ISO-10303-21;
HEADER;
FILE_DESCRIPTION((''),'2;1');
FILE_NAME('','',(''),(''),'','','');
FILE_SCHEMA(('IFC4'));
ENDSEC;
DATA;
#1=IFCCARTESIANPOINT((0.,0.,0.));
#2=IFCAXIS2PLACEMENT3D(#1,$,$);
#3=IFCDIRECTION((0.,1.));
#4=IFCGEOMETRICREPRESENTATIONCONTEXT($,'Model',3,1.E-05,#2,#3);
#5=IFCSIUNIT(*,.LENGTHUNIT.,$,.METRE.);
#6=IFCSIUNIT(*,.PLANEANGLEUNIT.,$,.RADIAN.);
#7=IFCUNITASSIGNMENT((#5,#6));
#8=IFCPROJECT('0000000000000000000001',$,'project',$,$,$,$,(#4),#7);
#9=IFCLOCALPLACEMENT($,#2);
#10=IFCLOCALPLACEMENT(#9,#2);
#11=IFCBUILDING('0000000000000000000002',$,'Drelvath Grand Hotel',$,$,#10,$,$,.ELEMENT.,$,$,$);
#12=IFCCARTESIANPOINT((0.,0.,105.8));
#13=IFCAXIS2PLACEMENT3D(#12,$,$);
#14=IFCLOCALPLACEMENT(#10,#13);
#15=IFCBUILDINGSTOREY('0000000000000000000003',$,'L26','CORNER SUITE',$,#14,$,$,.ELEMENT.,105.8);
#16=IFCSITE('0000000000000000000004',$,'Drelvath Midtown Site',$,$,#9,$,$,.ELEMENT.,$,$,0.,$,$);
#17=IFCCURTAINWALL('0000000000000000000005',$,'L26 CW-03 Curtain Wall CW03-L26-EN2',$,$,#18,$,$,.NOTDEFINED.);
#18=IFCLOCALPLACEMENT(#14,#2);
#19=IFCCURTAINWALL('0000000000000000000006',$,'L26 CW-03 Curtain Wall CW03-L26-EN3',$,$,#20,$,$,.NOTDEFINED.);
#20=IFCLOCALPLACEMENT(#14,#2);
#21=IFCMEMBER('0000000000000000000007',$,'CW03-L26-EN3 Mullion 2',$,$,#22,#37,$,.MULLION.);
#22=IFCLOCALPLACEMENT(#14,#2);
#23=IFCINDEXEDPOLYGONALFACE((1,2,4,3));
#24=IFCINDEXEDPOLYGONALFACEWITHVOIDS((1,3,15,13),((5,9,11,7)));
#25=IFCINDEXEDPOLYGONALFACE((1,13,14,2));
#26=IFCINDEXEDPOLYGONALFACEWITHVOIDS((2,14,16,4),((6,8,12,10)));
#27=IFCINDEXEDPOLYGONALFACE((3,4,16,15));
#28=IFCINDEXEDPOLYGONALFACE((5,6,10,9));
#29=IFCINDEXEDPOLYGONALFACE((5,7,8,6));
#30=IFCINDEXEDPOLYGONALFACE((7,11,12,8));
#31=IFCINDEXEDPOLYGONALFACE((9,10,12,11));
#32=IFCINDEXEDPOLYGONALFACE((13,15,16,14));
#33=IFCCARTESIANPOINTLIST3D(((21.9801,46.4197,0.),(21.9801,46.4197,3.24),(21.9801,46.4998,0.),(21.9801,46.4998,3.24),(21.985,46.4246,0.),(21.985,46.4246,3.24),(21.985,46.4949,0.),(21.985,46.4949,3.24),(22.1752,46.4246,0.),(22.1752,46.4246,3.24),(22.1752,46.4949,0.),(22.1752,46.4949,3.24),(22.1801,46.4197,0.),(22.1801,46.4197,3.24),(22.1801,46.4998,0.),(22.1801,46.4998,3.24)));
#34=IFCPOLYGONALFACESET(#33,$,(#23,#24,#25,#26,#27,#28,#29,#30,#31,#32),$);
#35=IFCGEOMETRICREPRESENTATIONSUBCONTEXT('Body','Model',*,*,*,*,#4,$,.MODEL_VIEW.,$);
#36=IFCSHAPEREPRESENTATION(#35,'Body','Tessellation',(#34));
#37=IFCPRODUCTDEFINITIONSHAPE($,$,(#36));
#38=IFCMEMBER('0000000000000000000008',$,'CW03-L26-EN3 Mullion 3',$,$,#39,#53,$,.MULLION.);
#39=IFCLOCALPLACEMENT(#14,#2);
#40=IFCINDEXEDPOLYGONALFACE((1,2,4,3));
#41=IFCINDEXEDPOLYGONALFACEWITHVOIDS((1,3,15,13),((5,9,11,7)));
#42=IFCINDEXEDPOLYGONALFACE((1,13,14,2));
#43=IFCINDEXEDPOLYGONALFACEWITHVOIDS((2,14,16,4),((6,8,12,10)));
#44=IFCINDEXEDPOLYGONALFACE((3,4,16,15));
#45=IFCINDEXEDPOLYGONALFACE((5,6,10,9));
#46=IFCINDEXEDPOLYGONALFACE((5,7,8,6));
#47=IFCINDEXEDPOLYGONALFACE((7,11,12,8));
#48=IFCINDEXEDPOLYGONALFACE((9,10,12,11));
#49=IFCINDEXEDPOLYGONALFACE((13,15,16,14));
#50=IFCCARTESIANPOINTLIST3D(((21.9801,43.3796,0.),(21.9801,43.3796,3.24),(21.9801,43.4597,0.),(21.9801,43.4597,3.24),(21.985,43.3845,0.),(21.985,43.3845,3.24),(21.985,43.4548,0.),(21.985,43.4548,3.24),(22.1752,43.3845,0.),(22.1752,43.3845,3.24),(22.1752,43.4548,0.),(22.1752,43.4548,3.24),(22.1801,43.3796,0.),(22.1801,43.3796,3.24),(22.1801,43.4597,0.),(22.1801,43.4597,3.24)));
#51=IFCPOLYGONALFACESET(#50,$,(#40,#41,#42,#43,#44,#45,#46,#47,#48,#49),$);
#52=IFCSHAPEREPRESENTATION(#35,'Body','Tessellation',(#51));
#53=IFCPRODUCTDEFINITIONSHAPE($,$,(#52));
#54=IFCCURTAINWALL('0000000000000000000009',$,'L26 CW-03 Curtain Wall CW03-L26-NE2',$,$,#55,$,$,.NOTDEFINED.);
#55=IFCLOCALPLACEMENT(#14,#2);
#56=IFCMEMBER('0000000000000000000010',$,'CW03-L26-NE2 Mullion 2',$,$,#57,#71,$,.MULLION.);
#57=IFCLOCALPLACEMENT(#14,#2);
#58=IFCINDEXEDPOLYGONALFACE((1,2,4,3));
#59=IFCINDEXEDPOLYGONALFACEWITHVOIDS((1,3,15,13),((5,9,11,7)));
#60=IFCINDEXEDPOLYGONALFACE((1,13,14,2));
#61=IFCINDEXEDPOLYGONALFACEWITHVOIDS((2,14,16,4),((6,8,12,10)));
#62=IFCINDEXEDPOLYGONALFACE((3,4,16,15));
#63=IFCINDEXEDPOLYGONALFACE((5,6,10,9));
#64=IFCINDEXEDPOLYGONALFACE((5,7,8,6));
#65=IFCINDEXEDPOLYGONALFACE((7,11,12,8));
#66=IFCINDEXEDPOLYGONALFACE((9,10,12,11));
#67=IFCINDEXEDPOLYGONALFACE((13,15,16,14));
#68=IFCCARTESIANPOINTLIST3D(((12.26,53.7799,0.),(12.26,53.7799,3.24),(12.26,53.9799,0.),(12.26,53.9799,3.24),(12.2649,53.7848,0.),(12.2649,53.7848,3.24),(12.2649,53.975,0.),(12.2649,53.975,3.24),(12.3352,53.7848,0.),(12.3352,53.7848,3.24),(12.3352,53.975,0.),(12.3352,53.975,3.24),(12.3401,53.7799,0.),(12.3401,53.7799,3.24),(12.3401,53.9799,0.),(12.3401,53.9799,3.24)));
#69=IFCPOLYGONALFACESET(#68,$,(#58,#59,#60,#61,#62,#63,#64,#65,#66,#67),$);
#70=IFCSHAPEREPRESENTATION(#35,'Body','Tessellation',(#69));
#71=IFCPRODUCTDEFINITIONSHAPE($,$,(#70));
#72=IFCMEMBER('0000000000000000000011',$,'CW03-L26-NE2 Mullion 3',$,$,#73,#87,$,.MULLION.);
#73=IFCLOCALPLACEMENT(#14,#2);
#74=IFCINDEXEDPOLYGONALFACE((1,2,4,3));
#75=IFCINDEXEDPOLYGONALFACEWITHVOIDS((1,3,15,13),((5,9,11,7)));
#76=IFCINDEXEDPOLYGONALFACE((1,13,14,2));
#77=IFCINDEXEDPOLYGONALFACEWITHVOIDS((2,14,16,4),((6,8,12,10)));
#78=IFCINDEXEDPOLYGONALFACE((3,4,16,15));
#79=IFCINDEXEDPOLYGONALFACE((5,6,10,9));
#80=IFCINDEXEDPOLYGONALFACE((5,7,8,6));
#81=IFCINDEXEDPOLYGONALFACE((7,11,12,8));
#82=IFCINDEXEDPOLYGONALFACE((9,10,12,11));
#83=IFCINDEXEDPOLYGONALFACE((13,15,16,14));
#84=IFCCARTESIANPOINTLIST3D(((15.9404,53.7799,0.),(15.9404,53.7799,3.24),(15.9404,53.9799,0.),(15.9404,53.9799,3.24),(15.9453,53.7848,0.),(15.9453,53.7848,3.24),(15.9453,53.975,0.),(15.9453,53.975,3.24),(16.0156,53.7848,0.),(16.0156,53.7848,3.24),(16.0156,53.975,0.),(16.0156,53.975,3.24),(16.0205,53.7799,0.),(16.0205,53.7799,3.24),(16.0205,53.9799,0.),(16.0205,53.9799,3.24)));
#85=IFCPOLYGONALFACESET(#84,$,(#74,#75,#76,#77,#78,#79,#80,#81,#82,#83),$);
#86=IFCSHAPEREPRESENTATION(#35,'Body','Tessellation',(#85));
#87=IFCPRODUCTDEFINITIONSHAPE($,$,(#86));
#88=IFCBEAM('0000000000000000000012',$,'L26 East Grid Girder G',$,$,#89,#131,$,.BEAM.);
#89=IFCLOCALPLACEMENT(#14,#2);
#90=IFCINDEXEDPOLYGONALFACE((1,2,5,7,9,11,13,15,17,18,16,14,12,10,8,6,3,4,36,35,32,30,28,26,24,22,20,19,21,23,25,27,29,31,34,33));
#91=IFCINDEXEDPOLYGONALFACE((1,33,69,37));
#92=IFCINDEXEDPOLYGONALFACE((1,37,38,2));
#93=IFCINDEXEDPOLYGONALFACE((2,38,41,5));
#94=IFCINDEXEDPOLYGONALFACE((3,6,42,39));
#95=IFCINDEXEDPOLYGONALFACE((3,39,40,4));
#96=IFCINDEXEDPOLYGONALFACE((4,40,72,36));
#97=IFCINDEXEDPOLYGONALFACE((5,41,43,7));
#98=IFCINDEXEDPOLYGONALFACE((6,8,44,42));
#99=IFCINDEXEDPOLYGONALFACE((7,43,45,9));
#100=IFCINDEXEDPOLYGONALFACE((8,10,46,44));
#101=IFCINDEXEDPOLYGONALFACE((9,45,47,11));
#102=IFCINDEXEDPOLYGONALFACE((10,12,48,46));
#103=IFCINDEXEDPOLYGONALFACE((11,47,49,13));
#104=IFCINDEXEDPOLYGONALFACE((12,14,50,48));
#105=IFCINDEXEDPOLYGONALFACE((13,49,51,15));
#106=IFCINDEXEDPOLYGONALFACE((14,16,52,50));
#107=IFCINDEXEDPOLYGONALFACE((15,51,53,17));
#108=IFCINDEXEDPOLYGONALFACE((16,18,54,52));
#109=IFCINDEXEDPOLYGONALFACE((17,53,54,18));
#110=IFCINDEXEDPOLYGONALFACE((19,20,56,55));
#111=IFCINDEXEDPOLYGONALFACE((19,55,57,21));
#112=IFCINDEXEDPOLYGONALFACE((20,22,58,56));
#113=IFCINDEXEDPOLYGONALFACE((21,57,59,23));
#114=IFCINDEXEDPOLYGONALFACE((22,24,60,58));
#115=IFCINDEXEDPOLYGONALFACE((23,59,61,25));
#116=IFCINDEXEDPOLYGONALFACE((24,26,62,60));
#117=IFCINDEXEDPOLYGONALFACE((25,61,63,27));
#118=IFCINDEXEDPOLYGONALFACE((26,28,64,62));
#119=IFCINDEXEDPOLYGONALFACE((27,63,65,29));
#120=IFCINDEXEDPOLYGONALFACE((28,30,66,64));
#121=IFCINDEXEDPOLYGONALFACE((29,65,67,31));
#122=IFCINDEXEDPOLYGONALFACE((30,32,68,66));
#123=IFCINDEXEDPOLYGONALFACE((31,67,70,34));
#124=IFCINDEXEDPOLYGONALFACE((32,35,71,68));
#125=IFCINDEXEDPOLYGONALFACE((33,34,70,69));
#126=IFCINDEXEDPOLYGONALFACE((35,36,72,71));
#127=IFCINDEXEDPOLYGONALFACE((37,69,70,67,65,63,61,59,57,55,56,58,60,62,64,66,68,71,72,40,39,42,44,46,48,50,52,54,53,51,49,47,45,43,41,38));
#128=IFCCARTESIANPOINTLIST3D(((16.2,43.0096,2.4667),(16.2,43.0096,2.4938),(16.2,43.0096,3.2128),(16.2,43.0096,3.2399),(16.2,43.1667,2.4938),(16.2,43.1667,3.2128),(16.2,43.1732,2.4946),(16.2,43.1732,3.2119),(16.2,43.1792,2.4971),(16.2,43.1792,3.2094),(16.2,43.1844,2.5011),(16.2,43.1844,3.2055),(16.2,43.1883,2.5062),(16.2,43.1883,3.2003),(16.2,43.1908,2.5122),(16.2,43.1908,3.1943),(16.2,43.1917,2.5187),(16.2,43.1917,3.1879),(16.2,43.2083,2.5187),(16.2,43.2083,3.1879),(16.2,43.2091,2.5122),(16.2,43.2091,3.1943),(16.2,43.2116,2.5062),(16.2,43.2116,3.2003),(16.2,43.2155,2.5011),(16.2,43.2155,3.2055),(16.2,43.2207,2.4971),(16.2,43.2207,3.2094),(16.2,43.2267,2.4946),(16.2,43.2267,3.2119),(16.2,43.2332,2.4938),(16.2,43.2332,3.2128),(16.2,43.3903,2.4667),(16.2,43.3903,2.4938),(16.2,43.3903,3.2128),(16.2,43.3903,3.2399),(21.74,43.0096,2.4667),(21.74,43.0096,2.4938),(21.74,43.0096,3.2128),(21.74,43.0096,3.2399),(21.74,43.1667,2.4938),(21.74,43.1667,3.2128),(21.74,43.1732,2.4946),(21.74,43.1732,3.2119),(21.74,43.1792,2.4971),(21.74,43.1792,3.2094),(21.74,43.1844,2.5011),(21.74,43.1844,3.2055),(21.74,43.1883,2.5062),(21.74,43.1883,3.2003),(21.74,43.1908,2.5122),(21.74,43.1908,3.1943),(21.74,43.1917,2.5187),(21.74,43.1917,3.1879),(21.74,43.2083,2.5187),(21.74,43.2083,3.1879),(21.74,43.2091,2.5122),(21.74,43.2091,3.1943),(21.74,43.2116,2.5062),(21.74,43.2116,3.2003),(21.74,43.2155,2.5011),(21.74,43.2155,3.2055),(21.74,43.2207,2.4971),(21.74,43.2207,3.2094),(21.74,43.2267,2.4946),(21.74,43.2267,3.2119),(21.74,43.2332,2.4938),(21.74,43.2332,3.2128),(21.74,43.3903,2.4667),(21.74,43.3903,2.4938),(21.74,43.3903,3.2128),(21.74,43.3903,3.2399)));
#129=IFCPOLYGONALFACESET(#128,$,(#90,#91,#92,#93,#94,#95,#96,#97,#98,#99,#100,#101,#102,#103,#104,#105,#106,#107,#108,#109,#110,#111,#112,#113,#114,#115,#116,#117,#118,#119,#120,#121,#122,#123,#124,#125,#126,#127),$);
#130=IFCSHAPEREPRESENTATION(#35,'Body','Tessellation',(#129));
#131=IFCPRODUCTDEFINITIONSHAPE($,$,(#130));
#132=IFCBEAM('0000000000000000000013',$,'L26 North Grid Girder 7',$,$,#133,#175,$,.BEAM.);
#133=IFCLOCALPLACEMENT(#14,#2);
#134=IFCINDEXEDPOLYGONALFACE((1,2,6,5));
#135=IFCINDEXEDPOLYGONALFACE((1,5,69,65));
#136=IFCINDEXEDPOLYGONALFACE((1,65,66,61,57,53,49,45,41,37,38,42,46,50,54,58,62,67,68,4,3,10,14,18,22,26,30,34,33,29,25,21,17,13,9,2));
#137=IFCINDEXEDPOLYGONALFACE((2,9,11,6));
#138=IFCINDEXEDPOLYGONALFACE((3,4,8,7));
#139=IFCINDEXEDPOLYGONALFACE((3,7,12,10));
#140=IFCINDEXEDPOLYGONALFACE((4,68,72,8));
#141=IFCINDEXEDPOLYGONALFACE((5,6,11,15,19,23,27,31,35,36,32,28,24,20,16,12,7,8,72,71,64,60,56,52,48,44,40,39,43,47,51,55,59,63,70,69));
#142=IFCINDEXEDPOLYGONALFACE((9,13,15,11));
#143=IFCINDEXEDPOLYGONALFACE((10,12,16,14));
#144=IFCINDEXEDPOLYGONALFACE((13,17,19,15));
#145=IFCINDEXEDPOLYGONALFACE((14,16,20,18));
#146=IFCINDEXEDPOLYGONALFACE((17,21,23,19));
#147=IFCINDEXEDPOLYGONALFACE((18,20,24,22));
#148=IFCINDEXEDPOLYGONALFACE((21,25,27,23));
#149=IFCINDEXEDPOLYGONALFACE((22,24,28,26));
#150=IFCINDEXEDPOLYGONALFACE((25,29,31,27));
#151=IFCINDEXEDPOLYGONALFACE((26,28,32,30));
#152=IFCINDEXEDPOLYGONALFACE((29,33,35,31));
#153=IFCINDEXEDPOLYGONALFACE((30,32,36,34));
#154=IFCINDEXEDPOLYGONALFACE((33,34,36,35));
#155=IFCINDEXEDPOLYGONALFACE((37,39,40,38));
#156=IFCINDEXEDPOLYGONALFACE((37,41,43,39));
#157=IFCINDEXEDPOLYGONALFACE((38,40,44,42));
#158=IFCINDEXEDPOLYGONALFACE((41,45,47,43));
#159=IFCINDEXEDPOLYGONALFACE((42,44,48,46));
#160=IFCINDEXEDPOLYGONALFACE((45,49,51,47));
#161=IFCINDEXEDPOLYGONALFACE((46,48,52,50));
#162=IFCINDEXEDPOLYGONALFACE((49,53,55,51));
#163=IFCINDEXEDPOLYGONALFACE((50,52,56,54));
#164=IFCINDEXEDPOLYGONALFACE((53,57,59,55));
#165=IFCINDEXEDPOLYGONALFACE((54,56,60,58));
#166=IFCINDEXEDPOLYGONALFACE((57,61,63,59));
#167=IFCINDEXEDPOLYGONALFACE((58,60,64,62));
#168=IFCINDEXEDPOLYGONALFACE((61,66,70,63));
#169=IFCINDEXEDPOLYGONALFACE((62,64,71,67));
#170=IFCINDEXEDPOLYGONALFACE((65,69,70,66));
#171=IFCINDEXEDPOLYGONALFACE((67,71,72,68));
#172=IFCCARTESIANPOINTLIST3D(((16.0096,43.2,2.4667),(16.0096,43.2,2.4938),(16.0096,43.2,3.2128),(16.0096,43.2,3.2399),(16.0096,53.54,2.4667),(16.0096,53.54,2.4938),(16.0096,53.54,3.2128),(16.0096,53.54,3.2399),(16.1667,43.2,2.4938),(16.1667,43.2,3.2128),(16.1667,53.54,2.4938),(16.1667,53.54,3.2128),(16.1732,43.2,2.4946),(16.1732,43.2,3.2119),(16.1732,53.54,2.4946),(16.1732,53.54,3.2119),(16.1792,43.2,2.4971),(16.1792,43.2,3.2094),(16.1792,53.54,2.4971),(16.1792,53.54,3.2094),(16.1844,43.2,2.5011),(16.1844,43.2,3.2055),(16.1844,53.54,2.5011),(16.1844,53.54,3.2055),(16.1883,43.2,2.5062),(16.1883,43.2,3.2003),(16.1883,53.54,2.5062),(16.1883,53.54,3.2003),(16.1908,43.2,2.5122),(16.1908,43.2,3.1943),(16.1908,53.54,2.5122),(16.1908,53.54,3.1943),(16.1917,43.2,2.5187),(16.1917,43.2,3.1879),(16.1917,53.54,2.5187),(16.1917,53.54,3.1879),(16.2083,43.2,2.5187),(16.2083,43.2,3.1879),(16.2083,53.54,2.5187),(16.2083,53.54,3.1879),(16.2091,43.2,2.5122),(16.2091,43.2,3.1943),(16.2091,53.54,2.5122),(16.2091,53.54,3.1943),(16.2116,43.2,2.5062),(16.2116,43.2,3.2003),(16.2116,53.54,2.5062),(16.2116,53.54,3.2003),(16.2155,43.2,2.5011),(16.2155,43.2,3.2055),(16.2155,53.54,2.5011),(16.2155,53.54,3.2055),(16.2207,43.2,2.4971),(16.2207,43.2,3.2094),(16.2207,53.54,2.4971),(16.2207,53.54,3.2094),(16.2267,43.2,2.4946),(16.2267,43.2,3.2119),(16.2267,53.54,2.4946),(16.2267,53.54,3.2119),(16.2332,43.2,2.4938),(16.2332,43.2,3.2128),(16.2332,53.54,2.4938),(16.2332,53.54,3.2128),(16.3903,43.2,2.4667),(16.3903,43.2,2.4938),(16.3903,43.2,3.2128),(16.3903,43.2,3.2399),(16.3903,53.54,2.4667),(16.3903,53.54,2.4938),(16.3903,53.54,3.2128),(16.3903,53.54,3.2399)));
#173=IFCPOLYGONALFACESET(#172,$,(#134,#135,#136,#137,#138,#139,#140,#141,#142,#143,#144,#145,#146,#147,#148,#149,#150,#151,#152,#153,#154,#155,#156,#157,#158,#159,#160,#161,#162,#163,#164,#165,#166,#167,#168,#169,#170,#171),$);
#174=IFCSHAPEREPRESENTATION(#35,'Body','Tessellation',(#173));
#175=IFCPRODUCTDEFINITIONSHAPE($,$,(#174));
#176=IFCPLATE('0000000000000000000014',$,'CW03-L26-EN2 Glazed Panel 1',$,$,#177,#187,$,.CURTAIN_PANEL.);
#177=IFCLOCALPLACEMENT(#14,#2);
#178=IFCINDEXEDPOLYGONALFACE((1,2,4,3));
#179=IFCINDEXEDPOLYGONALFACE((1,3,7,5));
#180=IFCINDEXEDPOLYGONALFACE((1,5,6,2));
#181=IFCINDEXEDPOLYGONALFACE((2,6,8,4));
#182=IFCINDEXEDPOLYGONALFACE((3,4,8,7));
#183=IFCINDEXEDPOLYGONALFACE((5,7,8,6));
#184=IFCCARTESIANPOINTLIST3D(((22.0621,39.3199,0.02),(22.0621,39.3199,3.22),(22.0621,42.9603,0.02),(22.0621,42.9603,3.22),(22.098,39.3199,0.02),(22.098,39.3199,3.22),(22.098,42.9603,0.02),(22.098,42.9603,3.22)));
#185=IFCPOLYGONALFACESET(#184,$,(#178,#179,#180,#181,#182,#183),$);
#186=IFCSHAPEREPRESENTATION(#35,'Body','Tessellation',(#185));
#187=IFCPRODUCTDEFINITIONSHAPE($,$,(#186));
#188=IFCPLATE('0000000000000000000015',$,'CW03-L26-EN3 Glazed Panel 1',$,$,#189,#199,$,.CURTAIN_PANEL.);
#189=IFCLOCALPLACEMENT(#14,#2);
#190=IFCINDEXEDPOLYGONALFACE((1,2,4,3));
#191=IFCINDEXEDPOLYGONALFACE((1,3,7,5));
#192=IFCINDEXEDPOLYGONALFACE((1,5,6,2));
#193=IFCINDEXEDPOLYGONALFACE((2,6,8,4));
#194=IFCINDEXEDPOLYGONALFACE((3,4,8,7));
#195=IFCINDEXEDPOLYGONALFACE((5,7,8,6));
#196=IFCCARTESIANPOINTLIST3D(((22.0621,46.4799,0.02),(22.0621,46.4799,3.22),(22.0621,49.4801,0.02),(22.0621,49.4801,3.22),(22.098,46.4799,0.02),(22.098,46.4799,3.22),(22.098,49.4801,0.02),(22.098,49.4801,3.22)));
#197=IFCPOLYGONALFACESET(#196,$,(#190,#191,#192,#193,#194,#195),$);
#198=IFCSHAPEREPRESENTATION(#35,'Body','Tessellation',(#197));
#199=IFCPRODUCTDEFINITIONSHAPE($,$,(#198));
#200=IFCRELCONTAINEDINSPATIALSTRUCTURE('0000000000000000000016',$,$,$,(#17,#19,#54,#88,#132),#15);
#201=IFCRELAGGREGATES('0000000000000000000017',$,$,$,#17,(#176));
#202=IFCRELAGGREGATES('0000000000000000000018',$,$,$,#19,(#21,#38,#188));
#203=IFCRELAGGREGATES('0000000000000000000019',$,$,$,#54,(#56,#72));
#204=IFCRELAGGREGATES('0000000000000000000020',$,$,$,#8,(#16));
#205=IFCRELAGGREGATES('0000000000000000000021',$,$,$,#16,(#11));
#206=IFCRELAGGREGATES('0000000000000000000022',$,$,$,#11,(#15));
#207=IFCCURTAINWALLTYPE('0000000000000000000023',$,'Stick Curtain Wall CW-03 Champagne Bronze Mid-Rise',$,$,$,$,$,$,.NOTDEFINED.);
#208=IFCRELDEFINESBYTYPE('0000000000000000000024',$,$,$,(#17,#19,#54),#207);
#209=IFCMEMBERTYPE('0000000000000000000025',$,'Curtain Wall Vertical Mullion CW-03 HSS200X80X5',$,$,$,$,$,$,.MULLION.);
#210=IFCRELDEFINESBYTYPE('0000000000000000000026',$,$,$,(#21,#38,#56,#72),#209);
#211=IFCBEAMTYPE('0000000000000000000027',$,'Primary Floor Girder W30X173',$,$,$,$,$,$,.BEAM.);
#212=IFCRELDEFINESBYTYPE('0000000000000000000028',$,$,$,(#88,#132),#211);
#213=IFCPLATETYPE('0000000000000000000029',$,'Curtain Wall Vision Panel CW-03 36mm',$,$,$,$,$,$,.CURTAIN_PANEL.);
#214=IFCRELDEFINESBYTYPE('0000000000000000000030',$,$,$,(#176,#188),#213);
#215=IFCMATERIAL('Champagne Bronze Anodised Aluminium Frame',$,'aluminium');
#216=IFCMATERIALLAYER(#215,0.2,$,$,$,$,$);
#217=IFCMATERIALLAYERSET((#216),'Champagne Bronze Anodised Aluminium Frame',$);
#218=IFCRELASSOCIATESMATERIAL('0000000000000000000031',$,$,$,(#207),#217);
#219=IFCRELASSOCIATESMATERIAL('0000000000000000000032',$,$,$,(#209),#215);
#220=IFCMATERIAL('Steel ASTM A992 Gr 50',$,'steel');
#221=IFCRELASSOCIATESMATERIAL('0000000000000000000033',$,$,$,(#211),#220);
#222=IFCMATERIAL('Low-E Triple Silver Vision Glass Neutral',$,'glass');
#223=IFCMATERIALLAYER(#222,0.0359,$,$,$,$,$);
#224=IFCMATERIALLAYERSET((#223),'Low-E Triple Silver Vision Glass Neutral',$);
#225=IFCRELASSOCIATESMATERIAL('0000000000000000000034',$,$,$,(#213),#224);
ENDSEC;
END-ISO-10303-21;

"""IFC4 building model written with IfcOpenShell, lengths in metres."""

from ifc_helpers import new_model, si_unit, direction, frame, origin, origin_2d, place, context, subcontext, project, spatial, rectangle, hollow_rectangle, i_section, extrude, material, layer, layer_set, material_profile, profile_set, type_object, element, aggregate, save


model = new_model("IFC4")

# Units and contexts
model_context = context("Model", 3, precision=1e-05, world=origin(), true_north=direction((0.0, 1.0)))
body_context = subcontext(model_context, "Body", "Model", "MODEL_VIEW")
ifc_project = project(units=[si_unit("LENGTHUNIT", "METRE"), si_unit("PLANEANGLEUNIT", "RADIAN")], contexts=[model_context])

# Site, building, storey
site_placement = place(None, origin())
site = spatial("IfcSite", under=ifc_project, at=site_placement, Name="Drelvath Midtown Site", CompositionType="ELEMENT", RefElevation=0.0)
building_placement = place(site_placement, origin())
building = spatial("IfcBuilding", under=site, at=building_placement, Name="Drelvath Grand Hotel", CompositionType="ELEMENT")
storey_placement = place(building_placement, frame((0.0, 0.0, 105.8)))
storey = spatial("IfcBuildingStorey", under=building, at=storey_placement, Name="L26", Description="CORNER SUITE", CompositionType="ELEMENT", Elevation=105.8)

# Curtain walls
ifc_material_1 = material(Name="Champagne Bronze Anodised Aluminium Frame", Category="aluminium")
ifc_layer_1 = layer(ifc_material_1, 0.2)
ifc_layer_set_1 = layer_set([ifc_layer_1], Name="Champagne Bronze Anodised Aluminium Frame")
curtain_wall_type = type_object("IfcCurtainWallType", Name="Stick Curtain Wall CW-03 Champagne Bronze Mid-Rise", PredefinedType="NOTDEFINED", material=ifc_layer_set_1)
curtain_wall_1_placement = place(storey_placement, origin())
curtain_wall_1 = element("IfcCurtainWall", 1, at=curtain_wall_1_placement, inside=storey, type_object=curtain_wall_type, Name="L26 CW-03 Curtain Wall CW03-L26-EN2", PredefinedType="NOTDEFINED")
curtain_wall_2_placement = place(storey_placement, origin())
curtain_wall_2 = element("IfcCurtainWall", 2, at=curtain_wall_2_placement, inside=storey, type_object=curtain_wall_type, Name="L26 CW-03 Curtain Wall CW03-L26-EN3", PredefinedType="NOTDEFINED")

# Members
ifc_material_profile_1 = material_profile(ifc_material_1, hollow_rectangle(XDim=0.0801, YDim=0.2, WallThickness=0.0049, at=origin_2d()), Name="HSS200X80X5")
ifc_profile_set_1 = profile_set([ifc_material_profile_1], Name="Champagne Bronze Anodised Aluminium Frame")
member_type_1 = type_object("IfcMemberType", Name="Curtain Wall Vertical Mullion CW-03 HSS200X80X5", PredefinedType="MULLION", material=ifc_profile_set_1)
member_1_placement = place(storey_placement, frame((22.0801, 46.4597, 0.0), z_axis=(0.0, 0.0, 1.0), x_axis=(0.0, 1.0, 0.0)))
member_1 = element("IfcMember", 3, at=member_1_placement, type_object=member_type_1, Name="CW03-L26-EN3 Mullion 2", PredefinedType="MULLION", context=body_context, shape_type="SweptSolid", body=[
    extrude(hollow_rectangle(XDim=0.0801, YDim=0.2, WallThickness=0.0049, at=origin_2d()), origin(), (0.0, 0.0, 1.0), 3.24),
])
member_2_placement = place(storey_placement, frame((22.0801, 43.4197, 0.0), z_axis=(0.0, 0.0, 1.0), x_axis=(0.0, 1.0, 0.0)))
member_2 = element("IfcMember", 4, at=member_2_placement, type_object=member_type_1, Name="CW03-L26-EN3 Mullion 3", PredefinedType="MULLION", context=body_context, shape_type="SweptSolid", body=[
    extrude(hollow_rectangle(XDim=0.0801, YDim=0.2, WallThickness=0.0049, at=origin_2d()), origin(), (0.0, 0.0, 1.0), 3.24),
])

# Curtain wall, members
curtain_wall_3_placement = place(storey_placement, origin())
curtain_wall_3 = element("IfcCurtainWall", 5, at=curtain_wall_3_placement, inside=storey, type_object=curtain_wall_type, Name="L26 CW-03 Curtain Wall CW03-L26-NE2", PredefinedType="NOTDEFINED")
member_3_placement = place(storey_placement, frame((12.3, 53.8799, 0.0), z_axis=(0.0, 0.0, 1.0), x_axis=(1.0, 0.0, 0.0)))
member_3 = element("IfcMember", 6, at=member_3_placement, type_object=member_type_1, Name="CW03-L26-NE2 Mullion 2", PredefinedType="MULLION", context=body_context, shape_type="SweptSolid", body=[
    extrude(hollow_rectangle(XDim=0.0801, YDim=0.2, WallThickness=0.0049, at=origin_2d()), origin(), (0.0, 0.0, 1.0), 3.24),
])
member_4_placement = place(storey_placement, frame((15.9805, 53.8799, 0.0), z_axis=(0.0, 0.0, 1.0), x_axis=(1.0, 0.0, 0.0)))
member_4 = element("IfcMember", 7, at=member_4_placement, type_object=member_type_1, Name="CW03-L26-NE2 Mullion 3", PredefinedType="MULLION", context=body_context, shape_type="SweptSolid", body=[
    extrude(hollow_rectangle(XDim=0.0801, YDim=0.2, WallThickness=0.0049, at=origin_2d()), origin(), (0.0, 0.0, 1.0), 3.24),
])

# Beams
ifc_material_2 = material(Name="Steel ASTM A992 Gr 50", Category="steel")
ifc_material_profile_2 = material_profile(ifc_material_2, i_section(OverallWidth=0.3806, OverallDepth=0.7732, WebThickness=0.0166, FlangeThickness=0.0271, FilletRadius=0.0249, at=origin_2d()), Name="W30X173")
ifc_profile_set_2 = profile_set([ifc_material_profile_2], Name="Steel ASTM A992 Gr 50")
beam_type = type_object("IfcBeamType", Name="Primary Floor Girder W30X173", PredefinedType="BEAM", material=ifc_profile_set_2)
beam_1_placement = place(storey_placement, frame((16.2, 43.2, 2.8533), z_axis=(1.0, 0.0, 0.0), x_axis=(0.0, 1.0, 0.0)))
element("IfcBeam", 8, at=beam_1_placement, inside=storey, type_object=beam_type, Name="L26 East Grid Girder G", PredefinedType="BEAM", context=body_context, shape_type="SweptSolid", body=[
    extrude(i_section(OverallWidth=0.3806, OverallDepth=0.7732, WebThickness=0.0166, FlangeThickness=0.0271, FilletRadius=0.0249, at=origin_2d()), origin(), (0.0, 0.0, 1.0), 5.54),
])
beam_2_placement = place(storey_placement, frame((16.2, 43.2, 2.8533), z_axis=(0.0, 1.0, 0.0), x_axis=(-1.0, 0.0, 0.0)))
element("IfcBeam", 9, at=beam_2_placement, inside=storey, type_object=beam_type, Name="L26 North Grid Girder 7", PredefinedType="BEAM", context=body_context, shape_type="SweptSolid", body=[
    extrude(i_section(OverallWidth=0.3806, OverallDepth=0.7732, WebThickness=0.0166, FlangeThickness=0.0271, FilletRadius=0.0249, at=origin_2d()), origin(), (0.0, 0.0, 1.0), 10.3401),
])

# Plates
ifc_material_3 = material(Name="Low-E Triple Silver Vision Glass Neutral", Category="glass")
ifc_layer_2 = layer(ifc_material_3, 0.0359)
ifc_layer_set_2 = layer_set([ifc_layer_2], Name="Low-E Triple Silver Vision Glass Neutral")
plate_type = type_object("IfcPlateType", Name="Curtain Wall Vision Panel CW-03 36mm", PredefinedType="CURTAIN_PANEL", material=ifc_layer_set_2)
plate_1_placement = place(storey_placement, frame((22.0801, 41.1401, 0.02), z_axis=(0.0, 0.0, 1.0), x_axis=(0.0, -1.0, 0.0)))
plate_1 = element("IfcPlate", 10, at=plate_1_placement, type_object=plate_type, Name="CW03-L26-EN2 Glazed Panel 1", PredefinedType="CURTAIN_PANEL", context=body_context, shape_type="SweptSolid", body=[
    extrude(rectangle(XDim=3.6404, YDim=0.0359, at=origin_2d()), origin(), (0.0, 0.0, 1.0), 3.2),
])
aggregate(curtain_wall_1, [plate_1])
plate_2_placement = place(storey_placement, frame((22.0801, 47.98, 0.02), z_axis=(0.0, 0.0, 1.0), x_axis=(0.0, -1.0, 0.0)))
plate_2 = element("IfcPlate", 11, at=plate_2_placement, type_object=plate_type, Name="CW03-L26-EN3 Glazed Panel 1", PredefinedType="CURTAIN_PANEL", context=body_context, shape_type="SweptSolid", body=[
    extrude(rectangle(XDim=3.0002, YDim=0.0359, at=origin_2d()), origin(), (0.0, 0.0, 1.0), 3.2),
])
aggregate(curtain_wall_2, [member_1, member_2, plate_2])
aggregate(curtain_wall_3, [member_3, member_4])

save(model, "model.ifc")
